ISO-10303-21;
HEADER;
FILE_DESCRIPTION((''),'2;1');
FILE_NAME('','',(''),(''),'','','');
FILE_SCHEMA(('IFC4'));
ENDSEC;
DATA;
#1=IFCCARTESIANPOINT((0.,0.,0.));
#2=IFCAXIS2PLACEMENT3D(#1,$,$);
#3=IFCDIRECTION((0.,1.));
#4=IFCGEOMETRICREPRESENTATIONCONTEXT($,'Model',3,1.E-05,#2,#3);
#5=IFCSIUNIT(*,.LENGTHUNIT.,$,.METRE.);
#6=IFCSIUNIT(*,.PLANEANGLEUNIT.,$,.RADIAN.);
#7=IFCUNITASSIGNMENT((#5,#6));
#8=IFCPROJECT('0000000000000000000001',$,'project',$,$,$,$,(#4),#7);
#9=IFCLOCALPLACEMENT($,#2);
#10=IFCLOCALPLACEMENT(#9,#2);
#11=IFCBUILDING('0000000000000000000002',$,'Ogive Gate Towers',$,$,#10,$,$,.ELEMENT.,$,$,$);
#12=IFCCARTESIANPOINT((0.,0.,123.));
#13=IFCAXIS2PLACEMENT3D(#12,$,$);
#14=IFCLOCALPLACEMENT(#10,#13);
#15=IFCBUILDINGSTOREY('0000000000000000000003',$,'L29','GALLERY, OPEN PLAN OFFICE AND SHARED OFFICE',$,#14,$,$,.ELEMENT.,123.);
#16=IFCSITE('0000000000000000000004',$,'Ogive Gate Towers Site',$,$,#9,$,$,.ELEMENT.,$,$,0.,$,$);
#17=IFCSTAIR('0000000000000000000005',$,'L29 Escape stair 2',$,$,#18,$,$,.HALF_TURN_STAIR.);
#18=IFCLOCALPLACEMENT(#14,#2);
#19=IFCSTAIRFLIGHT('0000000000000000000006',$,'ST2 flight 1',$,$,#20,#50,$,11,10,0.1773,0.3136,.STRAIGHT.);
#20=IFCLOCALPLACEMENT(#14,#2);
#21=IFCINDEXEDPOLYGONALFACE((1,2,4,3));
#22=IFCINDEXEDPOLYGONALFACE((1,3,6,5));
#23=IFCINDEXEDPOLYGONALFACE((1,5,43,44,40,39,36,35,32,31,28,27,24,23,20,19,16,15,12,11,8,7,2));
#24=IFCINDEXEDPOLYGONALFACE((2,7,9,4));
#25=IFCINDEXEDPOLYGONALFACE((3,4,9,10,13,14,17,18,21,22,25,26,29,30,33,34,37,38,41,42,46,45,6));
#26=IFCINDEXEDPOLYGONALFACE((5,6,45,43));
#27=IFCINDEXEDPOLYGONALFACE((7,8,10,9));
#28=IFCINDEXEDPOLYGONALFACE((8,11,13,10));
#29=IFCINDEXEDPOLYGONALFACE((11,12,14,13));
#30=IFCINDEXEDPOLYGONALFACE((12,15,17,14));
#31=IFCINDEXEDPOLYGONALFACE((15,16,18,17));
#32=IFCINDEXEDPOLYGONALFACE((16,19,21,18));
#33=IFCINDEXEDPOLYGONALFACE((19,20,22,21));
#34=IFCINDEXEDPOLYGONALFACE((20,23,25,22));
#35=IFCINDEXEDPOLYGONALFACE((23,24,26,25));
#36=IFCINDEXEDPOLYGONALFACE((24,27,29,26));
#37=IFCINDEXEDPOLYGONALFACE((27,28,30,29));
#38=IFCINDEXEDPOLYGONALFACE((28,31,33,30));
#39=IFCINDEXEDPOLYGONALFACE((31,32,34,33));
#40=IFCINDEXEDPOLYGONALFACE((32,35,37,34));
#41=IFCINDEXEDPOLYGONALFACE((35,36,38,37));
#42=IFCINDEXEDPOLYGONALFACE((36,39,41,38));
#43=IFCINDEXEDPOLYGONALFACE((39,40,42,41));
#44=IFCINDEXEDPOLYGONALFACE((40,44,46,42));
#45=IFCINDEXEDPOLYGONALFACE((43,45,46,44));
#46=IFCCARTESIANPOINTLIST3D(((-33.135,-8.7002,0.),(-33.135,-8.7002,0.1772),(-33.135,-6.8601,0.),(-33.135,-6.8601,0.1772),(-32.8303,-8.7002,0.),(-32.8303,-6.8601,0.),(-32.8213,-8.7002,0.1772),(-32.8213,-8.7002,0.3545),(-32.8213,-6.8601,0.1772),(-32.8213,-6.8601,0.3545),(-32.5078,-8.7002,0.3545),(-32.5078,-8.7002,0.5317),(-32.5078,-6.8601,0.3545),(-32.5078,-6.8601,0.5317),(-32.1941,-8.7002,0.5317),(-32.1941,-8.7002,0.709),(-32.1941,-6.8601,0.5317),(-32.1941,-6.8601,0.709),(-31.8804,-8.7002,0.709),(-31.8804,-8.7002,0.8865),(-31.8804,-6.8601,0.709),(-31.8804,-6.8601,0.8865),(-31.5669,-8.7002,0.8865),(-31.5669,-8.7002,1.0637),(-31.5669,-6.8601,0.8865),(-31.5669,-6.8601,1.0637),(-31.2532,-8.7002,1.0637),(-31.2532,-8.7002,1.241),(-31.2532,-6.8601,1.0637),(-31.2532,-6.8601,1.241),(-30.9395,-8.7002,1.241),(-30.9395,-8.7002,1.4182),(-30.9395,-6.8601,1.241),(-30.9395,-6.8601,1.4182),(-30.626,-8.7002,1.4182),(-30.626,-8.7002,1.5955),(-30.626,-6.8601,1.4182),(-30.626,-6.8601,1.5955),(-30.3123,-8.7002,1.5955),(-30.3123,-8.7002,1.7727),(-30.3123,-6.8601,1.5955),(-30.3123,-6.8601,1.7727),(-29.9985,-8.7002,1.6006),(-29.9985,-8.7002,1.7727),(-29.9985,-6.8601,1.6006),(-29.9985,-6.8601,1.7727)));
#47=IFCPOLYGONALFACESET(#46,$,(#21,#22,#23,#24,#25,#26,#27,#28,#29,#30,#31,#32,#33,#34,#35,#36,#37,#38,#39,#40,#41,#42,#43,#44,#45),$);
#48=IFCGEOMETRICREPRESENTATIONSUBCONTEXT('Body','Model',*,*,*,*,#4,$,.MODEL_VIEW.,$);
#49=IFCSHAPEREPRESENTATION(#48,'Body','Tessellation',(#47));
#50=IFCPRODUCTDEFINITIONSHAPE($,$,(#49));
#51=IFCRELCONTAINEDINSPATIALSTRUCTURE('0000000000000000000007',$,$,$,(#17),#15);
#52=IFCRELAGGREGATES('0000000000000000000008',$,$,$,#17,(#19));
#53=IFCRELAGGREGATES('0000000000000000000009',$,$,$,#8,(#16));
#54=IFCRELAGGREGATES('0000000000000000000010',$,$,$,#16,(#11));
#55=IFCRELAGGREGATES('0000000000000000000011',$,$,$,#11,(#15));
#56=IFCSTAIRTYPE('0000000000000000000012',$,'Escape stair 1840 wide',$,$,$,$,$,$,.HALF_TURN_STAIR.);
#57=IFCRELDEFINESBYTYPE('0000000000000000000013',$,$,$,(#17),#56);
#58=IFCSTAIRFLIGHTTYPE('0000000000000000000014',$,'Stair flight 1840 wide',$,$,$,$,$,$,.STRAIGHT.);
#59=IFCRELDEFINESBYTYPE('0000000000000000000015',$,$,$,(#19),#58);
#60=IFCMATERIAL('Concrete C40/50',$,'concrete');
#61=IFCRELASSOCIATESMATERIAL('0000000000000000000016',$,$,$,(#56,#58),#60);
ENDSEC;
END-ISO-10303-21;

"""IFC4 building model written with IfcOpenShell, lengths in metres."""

from ifc_helpers import new_model, si_unit, direction, frame, origin, place, context, subcontext, project, spatial, polyline, outline, extrude, material, type_object, element, aggregate, save


model = new_model("IFC4")

# Units and contexts
model_context = context("Model", 3, precision=1e-05, world=origin(), true_north=direction((0.0, 1.0)))
body_context = subcontext(model_context, "Body", "Model", "MODEL_VIEW")
ifc_project = project(units=[si_unit("LENGTHUNIT", "METRE"), si_unit("PLANEANGLEUNIT", "RADIAN")], contexts=[model_context])

# Site, building, storey
site_placement = place(None, origin())
site = spatial("IfcSite", under=ifc_project, at=site_placement, Name="Ogive Gate Towers Site", CompositionType="ELEMENT", RefElevation=0.0)
building_placement = place(site_placement, origin())
building = spatial("IfcBuilding", under=site, at=building_placement, Name="Ogive Gate Towers", CompositionType="ELEMENT")
storey_placement = place(building_placement, frame((0.0, 0.0, 123.0)))
storey = spatial("IfcBuildingStorey", under=building, at=storey_placement, Name="L29", Description="GALLERY, OPEN PLAN OFFICE AND SHARED OFFICE", CompositionType="ELEMENT", Elevation=123.0)

# Stair, stair flight
ifc_material_1 = material(Name="Concrete C40/50", Category="concrete")
stair_type = type_object("IfcStairType", Name="Escape stair 1840 wide", PredefinedType="HALF_TURN_STAIR", material=ifc_material_1)
stair_placement = place(storey_placement, origin())
stair = element("IfcStair", 1, at=stair_placement, inside=storey, type_object=stair_type, Name="L29 Escape stair 2", PredefinedType="HALF_TURN_STAIR")
stair_flight_type = type_object("IfcStairFlightType", Name="Stair flight 1840 wide", PredefinedType="STRAIGHT", material=ifc_material_1)
stair_flight_placement = place(storey_placement, frame((-33.135, -7.78, 0.0), z_axis=(0.0, 0.0, 1.0), x_axis=(1.0, 0.0, 0.0)))
stair_flight = element("IfcStairFlight", 2, at=stair_flight_placement, type_object=stair_flight_type, Name="ST2 flight 1", NumberOfRisers=11, NumberOfTreads=10, PredefinedType="STRAIGHT", RiserHeight=0.1773, TreadLength=0.3136, context=body_context, shape_type="SweptSolid", body=[
    extrude(outline(polyline([(0.0, 0.0), (0.0, 0.1772), (0.3137, 0.1772), (0.3137, 0.3545), (0.6272, 0.3545), (0.6272, 0.5317), (0.9409, 0.5317), (0.9409, 0.709), (1.2546, 0.709), (1.2546, 0.8865), (1.5681, 0.8865), (1.5681, 1.0637), (1.8818, 1.0637), (1.8818, 1.241), (2.1956, 1.241), (2.1956, 1.4182), (2.509, 1.4182), (2.509, 1.5955), (2.8228, 1.5955), (2.8228, 1.7727), (3.1365, 1.7727), (3.1365, 1.95), (3.1365, 1.6006), (0.3047, 0.0), (0.0, 0.0)])), frame((0.0, 0.9199, 0.0), z_axis=(0.0, -1.0, 0.0), x_axis=(1.0, 0.0, 0.0)), (0.0, 0.0, 1.0), 1.8401),
])
aggregate(stair, [stair_flight])

save(model, "model.ifc")
